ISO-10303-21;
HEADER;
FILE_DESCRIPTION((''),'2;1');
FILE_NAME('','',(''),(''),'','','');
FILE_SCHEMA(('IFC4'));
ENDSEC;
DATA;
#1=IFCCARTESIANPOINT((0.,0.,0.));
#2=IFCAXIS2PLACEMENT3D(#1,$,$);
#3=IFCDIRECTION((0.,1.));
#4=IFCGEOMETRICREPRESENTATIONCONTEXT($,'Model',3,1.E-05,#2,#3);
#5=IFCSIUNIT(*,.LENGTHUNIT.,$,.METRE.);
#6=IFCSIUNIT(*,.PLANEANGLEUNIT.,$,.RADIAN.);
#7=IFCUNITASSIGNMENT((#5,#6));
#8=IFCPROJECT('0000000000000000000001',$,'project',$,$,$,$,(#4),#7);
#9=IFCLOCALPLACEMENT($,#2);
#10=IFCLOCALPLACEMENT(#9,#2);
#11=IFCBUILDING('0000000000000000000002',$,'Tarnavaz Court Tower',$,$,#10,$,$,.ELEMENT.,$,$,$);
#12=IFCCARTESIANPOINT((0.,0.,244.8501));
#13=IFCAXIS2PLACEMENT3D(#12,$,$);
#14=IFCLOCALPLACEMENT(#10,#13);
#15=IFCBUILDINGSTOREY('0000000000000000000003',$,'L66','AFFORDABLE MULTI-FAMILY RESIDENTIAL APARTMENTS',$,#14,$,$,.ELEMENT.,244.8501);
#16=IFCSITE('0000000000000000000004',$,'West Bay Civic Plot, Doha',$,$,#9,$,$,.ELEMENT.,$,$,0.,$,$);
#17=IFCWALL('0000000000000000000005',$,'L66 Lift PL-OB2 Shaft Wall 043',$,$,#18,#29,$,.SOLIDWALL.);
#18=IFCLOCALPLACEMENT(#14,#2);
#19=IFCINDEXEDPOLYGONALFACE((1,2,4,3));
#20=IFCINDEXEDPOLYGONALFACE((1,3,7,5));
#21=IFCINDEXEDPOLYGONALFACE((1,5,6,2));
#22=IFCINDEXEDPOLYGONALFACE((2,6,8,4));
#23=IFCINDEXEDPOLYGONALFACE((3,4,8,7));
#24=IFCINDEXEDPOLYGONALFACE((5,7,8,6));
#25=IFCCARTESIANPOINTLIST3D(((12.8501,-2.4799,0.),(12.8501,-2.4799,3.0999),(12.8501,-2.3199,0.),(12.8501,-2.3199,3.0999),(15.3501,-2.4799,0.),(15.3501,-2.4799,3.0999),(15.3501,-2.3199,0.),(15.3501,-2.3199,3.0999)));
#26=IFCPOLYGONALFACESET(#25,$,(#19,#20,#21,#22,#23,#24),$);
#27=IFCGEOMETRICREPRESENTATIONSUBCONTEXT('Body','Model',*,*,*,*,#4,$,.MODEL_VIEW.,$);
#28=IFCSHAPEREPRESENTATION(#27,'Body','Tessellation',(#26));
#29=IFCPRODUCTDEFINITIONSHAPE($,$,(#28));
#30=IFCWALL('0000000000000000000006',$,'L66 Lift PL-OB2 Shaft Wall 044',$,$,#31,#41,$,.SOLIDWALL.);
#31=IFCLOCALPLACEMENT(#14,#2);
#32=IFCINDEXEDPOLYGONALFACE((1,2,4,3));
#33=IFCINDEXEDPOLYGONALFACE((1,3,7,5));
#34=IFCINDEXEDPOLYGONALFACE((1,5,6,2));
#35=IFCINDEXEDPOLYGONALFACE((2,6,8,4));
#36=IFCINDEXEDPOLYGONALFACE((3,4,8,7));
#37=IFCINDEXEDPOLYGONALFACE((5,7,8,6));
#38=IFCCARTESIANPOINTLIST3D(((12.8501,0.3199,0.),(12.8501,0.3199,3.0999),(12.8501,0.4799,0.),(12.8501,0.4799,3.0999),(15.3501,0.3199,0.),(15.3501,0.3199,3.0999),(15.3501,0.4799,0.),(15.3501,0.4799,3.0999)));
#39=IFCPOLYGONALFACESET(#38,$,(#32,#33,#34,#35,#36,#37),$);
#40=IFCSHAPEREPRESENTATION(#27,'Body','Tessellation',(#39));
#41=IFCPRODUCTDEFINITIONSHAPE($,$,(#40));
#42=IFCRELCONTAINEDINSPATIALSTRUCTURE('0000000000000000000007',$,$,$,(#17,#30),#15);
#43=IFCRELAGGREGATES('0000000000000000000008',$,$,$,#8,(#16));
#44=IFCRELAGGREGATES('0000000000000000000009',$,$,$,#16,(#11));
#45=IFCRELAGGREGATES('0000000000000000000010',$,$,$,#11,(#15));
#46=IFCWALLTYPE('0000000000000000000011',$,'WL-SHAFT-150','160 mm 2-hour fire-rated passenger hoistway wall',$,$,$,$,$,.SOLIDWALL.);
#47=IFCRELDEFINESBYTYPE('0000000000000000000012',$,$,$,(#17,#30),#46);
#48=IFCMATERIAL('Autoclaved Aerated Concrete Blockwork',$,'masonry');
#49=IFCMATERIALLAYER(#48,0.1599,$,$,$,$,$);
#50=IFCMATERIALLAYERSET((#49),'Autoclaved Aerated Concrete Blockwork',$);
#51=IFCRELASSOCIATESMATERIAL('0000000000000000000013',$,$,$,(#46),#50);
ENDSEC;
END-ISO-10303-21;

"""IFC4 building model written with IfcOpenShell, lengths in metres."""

from ifc_helpers import new_model, si_unit, direction, frame, frame_2d, origin, place, context, subcontext, project, spatial, rectangle, extrude, material, layer, layer_set, type_object, element, save


model = new_model("IFC4")

# Units and contexts
model_context = context("Model", 3, precision=1e-05, world=origin(), true_north=direction((0.0, 1.0)))
body_context = subcontext(model_context, "Body", "Model", "MODEL_VIEW")
ifc_project = project(units=[si_unit("LENGTHUNIT", "METRE"), si_unit("PLANEANGLEUNIT", "RADIAN")], contexts=[model_context])

# Site, building, storey
site_placement = place(None, origin())
site = spatial("IfcSite", under=ifc_project, at=site_placement, Name="West Bay Civic Plot, Doha", CompositionType="ELEMENT", RefElevation=0.0)
building_placement = place(site_placement, origin())
building = spatial("IfcBuilding", under=site, at=building_placement, Name="Tarnavaz Court Tower", CompositionType="ELEMENT")
storey_placement = place(building_placement, frame((0.0, 0.0, 244.8501)))
storey = spatial("IfcBuildingStorey", under=building, at=storey_placement, Name="L66", Description="AFFORDABLE MULTI-FAMILY RESIDENTIAL APARTMENTS", CompositionType="ELEMENT", Elevation=244.8501)

# Walls
ifc_material_1 = material(Name="Autoclaved Aerated Concrete Blockwork", Category="masonry")
ifc_layer_1 = layer(ifc_material_1, 0.1599)
ifc_layer_set_1 = layer_set([ifc_layer_1], Name="Autoclaved Aerated Concrete Blockwork")
wall_type_1 = type_object("IfcWallType", Name="WL-SHAFT-150", Description="160 mm 2-hour fire-rated passenger hoistway wall", PredefinedType="SOLIDWALL", material=ifc_layer_set_1)
for number, where, z_axis, x_axis, name in (
    (1, (12.8501, -2.3999, 0.0), (0.0, 0.0, 1.0), (1.0, 0.0, 0.0), "L66 Lift PL-OB2 Shaft Wall 043"),
    (2, (12.8501, 0.3999, 0.0), (0.0, 0.0, 1.0), (1.0, 0.0, 0.0), "L66 Lift PL-OB2 Shaft Wall 044"),
):
    element("IfcWall", number, at=place(storey_placement, frame(where, z_axis=z_axis, x_axis=x_axis)), inside=storey, type_object=wall_type_1, Name=name, PredefinedType="SOLIDWALL", context=body_context, shape_type="SweptSolid", body=[
        extrude(rectangle(XDim=2.5, YDim=0.1599, at=frame_2d((1.25, 0.0))), origin(), (0.0, 0.0, 1.0), 3.0999),
    ])

save(model, "model.ifc")
